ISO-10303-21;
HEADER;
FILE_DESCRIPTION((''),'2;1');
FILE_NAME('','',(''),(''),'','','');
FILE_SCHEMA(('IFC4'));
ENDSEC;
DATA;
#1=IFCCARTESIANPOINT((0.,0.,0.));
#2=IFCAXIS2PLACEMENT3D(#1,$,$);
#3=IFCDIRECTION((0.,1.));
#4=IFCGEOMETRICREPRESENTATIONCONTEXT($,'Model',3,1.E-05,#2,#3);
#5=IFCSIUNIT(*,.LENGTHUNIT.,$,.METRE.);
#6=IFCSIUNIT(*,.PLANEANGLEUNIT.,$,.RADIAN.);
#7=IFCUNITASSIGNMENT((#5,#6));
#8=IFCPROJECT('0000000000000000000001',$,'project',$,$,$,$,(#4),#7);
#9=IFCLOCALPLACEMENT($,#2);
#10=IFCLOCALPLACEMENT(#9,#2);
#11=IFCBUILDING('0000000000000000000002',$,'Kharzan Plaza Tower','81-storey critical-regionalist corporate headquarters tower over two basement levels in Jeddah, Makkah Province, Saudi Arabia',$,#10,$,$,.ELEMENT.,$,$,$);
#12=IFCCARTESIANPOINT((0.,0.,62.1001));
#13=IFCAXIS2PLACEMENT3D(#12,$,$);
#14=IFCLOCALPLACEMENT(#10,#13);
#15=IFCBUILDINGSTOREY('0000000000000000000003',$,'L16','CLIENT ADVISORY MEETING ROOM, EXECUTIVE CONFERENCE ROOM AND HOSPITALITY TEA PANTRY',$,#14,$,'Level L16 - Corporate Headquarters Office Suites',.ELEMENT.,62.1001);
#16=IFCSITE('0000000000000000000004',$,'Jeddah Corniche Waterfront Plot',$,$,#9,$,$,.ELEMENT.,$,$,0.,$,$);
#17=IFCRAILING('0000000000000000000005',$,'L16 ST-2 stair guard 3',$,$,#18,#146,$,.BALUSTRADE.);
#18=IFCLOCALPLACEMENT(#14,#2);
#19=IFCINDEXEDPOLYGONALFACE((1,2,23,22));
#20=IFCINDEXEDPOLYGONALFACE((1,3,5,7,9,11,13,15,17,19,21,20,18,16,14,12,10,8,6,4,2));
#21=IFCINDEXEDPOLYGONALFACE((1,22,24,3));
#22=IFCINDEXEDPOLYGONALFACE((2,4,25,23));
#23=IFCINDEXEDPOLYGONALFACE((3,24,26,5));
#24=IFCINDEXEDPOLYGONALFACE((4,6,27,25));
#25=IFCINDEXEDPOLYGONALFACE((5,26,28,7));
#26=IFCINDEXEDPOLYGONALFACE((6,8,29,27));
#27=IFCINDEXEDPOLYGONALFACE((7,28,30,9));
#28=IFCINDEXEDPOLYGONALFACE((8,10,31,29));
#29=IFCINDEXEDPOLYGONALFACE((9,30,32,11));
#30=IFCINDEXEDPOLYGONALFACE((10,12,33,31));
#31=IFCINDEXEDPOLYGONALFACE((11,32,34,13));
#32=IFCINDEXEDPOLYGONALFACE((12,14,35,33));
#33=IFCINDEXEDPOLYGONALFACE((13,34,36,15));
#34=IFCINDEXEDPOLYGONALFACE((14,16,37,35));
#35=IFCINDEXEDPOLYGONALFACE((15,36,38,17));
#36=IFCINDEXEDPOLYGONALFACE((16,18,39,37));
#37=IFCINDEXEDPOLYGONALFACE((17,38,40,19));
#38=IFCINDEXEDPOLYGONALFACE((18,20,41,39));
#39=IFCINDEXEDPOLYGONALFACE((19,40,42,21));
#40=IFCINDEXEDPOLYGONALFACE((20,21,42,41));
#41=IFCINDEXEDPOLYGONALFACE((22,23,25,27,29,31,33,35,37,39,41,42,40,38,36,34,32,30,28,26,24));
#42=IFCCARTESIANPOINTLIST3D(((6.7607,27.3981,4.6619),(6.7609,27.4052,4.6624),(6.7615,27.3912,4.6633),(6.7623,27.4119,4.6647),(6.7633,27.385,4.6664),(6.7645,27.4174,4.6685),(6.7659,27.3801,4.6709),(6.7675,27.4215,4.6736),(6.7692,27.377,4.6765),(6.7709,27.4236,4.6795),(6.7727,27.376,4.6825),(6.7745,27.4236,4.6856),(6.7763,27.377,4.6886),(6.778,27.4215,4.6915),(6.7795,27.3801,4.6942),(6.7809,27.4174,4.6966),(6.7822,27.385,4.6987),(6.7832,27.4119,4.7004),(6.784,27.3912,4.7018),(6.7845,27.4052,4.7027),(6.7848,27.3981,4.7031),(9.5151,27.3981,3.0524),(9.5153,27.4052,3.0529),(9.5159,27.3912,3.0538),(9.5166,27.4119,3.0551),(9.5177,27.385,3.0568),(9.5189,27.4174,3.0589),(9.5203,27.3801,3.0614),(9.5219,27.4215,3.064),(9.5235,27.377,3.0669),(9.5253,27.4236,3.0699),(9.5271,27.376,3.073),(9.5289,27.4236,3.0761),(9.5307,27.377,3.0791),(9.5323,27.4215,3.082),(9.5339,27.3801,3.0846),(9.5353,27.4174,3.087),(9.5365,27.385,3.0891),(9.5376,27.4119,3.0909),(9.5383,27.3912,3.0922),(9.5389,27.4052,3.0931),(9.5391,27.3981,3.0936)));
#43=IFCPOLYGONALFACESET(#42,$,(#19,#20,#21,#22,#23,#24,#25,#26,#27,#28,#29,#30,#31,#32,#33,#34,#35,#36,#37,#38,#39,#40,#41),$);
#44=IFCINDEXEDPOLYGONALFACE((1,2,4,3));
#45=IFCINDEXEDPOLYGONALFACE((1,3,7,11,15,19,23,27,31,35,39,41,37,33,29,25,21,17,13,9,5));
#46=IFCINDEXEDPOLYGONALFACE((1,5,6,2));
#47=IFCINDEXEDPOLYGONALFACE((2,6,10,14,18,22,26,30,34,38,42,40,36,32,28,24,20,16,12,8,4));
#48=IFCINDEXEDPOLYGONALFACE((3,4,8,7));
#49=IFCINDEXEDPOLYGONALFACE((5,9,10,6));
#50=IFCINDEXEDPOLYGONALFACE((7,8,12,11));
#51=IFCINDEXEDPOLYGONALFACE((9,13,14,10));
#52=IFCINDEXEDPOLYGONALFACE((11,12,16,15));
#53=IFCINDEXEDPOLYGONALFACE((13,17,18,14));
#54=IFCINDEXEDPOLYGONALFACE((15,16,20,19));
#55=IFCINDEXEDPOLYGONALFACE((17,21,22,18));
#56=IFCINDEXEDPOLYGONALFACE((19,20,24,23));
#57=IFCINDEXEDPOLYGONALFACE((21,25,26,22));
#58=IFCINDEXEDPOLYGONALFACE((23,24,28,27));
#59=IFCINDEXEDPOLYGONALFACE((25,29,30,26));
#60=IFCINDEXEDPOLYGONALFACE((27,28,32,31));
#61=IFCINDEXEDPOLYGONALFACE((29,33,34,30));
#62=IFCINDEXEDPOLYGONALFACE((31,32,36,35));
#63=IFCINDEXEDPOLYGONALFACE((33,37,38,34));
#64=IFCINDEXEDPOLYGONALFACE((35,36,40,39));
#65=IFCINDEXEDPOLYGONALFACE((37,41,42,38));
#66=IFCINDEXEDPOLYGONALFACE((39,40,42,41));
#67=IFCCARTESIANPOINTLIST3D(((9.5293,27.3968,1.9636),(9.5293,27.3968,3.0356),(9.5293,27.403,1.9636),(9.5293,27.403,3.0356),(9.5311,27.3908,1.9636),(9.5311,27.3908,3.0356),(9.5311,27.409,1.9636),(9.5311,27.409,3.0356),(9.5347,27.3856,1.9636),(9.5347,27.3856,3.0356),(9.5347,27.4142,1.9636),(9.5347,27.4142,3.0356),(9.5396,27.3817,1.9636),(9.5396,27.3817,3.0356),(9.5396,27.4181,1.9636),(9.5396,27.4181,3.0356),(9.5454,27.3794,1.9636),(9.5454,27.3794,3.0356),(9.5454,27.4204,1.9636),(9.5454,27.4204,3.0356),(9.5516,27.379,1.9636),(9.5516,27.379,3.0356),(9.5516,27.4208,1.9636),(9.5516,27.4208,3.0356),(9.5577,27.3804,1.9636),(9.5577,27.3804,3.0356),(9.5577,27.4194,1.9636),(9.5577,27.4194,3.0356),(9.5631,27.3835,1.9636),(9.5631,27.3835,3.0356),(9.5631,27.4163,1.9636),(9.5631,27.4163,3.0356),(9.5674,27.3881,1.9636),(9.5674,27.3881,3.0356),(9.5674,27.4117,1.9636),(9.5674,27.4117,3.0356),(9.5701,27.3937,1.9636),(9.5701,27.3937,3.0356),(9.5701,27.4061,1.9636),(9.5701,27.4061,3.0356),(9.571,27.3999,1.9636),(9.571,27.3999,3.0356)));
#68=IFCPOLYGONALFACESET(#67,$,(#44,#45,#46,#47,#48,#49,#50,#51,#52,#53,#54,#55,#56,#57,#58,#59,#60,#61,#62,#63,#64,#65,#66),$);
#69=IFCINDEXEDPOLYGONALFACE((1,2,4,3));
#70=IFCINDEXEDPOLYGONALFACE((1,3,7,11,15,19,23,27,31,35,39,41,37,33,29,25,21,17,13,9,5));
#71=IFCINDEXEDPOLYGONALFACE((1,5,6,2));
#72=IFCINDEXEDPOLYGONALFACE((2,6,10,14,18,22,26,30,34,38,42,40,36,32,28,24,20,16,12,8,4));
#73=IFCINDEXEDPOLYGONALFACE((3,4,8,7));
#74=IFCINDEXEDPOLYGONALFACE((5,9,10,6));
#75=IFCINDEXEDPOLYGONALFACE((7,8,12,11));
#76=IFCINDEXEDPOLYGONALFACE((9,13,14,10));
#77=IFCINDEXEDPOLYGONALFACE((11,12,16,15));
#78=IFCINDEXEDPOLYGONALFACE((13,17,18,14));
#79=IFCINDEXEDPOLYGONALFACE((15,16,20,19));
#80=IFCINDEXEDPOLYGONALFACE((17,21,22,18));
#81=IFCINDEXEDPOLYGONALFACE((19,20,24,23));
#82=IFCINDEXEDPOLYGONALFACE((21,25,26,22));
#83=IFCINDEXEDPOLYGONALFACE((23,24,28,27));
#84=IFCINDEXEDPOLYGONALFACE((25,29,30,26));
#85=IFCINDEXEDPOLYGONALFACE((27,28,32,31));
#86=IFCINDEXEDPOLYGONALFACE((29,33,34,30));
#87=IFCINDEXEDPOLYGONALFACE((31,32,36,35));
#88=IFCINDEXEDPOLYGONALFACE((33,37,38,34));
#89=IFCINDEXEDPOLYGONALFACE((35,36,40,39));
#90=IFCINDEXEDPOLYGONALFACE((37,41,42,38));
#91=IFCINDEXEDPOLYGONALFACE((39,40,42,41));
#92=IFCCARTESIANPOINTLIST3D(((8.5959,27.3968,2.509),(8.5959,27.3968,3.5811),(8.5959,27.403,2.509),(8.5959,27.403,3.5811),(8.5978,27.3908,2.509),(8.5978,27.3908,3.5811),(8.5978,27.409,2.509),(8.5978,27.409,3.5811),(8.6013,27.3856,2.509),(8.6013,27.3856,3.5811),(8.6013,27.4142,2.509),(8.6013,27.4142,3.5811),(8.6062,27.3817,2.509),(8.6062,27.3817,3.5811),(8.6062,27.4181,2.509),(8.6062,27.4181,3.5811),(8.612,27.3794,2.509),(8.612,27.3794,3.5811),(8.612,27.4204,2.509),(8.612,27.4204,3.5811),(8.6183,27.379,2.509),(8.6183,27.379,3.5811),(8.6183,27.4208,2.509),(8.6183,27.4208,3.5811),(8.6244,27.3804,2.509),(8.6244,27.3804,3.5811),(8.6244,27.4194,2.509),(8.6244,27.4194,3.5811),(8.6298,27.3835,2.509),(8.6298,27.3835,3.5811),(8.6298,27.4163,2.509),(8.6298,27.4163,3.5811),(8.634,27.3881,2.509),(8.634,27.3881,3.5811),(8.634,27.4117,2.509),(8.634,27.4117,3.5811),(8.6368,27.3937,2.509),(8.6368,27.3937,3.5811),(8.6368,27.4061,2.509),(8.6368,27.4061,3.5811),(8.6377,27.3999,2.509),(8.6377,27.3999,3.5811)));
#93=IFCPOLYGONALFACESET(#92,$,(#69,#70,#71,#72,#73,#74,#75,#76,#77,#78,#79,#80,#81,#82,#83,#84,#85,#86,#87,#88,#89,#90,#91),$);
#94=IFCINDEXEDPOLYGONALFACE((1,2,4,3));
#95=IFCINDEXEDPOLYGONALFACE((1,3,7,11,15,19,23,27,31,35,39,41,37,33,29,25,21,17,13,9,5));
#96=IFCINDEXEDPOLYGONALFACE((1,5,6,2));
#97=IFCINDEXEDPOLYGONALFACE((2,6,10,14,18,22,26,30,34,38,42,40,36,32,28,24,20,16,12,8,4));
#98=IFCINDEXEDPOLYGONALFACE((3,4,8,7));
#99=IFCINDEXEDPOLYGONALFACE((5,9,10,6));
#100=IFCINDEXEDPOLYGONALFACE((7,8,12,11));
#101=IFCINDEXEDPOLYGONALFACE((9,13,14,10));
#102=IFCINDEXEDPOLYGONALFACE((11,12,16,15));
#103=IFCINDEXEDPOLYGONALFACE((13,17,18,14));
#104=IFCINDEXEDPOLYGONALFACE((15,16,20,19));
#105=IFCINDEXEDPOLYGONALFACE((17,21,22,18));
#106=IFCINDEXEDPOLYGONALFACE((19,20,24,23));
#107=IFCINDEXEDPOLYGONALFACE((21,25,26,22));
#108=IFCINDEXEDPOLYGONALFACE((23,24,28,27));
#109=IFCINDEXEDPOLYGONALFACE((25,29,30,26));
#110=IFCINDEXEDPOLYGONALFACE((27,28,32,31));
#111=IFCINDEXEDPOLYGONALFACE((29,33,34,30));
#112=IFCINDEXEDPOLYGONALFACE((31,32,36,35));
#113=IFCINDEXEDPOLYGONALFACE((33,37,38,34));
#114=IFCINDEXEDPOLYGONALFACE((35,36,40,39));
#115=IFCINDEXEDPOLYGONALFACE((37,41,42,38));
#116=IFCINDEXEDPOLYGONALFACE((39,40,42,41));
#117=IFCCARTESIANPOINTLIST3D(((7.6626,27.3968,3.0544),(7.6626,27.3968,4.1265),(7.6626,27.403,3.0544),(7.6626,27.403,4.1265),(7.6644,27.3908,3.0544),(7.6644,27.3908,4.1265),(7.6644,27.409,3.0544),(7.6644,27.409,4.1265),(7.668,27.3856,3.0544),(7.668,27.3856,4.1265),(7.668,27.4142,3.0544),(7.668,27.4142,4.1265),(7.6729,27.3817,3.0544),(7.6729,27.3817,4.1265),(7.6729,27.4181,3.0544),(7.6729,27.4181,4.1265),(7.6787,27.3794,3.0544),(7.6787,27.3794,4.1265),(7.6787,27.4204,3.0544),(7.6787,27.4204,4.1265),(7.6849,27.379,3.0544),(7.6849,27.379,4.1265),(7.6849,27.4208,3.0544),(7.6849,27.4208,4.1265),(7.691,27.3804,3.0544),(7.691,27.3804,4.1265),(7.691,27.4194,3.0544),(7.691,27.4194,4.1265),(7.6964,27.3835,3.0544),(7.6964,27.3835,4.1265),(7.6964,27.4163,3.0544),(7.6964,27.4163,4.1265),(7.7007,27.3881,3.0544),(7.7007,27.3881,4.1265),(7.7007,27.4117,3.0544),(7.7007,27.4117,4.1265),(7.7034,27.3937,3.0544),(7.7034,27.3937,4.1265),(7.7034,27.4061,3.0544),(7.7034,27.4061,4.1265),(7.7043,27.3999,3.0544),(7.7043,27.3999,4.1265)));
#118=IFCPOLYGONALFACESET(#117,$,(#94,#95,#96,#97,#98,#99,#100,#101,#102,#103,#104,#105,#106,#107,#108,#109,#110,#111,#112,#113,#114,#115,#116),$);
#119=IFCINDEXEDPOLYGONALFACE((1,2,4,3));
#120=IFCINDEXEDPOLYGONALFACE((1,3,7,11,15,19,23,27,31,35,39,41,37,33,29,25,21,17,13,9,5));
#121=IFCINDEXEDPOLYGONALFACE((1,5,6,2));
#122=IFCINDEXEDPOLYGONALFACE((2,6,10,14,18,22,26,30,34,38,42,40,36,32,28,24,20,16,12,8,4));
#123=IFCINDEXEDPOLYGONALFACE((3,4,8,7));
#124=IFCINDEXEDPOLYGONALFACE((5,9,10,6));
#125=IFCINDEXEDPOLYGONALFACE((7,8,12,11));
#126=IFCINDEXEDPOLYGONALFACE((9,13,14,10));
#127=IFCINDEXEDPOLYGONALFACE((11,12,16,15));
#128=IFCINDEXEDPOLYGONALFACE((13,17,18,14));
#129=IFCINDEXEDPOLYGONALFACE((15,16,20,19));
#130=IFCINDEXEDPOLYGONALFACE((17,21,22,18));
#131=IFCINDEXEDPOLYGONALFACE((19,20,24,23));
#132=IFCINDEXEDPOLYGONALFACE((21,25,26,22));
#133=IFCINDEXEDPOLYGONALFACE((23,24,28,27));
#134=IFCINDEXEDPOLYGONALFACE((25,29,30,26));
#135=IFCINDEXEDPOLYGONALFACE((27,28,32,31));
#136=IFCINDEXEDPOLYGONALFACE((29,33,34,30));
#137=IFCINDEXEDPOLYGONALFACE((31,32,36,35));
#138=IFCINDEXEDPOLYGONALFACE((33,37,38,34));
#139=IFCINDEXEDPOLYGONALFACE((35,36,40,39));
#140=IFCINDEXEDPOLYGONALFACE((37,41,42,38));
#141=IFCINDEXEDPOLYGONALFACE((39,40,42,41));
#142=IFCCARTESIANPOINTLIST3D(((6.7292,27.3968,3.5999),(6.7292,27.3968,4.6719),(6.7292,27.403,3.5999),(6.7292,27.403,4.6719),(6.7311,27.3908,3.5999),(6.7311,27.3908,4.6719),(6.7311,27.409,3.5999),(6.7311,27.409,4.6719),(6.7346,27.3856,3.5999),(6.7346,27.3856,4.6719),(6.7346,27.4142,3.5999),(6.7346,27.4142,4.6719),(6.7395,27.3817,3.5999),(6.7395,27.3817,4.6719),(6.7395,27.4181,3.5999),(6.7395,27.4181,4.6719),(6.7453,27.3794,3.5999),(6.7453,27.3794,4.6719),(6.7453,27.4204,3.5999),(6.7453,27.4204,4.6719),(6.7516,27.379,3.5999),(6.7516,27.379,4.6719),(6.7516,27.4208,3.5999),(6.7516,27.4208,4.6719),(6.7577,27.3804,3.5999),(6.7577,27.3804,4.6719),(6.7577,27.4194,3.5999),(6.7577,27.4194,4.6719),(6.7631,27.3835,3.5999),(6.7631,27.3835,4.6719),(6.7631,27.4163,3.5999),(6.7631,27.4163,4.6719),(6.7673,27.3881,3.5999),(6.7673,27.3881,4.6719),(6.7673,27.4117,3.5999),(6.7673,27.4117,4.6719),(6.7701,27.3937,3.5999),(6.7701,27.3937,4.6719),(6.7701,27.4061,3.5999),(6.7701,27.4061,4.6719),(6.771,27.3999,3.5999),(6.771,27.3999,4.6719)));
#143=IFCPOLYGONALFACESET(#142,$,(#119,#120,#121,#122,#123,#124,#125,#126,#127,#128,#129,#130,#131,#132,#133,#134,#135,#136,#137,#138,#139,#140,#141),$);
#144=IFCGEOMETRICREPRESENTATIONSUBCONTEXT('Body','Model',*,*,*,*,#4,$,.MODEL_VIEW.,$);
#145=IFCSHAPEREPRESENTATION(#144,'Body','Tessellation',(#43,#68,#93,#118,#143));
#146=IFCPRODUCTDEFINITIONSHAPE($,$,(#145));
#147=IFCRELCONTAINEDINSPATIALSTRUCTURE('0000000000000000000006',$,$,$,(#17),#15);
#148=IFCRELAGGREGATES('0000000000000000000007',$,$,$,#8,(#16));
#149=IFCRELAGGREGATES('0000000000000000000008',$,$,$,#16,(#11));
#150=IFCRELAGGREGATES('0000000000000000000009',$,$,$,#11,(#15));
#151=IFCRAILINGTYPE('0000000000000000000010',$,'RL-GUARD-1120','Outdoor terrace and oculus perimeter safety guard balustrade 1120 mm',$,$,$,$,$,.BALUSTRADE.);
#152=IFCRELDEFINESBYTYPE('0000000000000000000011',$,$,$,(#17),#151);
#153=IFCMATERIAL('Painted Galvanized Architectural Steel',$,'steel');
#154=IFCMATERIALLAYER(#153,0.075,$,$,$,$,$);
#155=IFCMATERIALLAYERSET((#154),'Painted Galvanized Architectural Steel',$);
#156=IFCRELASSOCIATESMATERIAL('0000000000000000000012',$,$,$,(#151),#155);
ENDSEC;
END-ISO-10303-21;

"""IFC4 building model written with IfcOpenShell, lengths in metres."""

from ifc_helpers import new_model, si_unit, direction, frame, origin, origin_2d, place, context, subcontext, project, spatial, circle, extrude, source, transform, mapped, material, layer, layer_set, type_object, element, save


model = new_model("IFC4")

# Units and contexts
model_context = context("Model", 3, precision=1e-05, world=origin(), true_north=direction((0.0, 1.0)))
body_context = subcontext(model_context, "Body", "Model", "MODEL_VIEW")
ifc_project = project(units=[si_unit("LENGTHUNIT", "METRE"), si_unit("PLANEANGLEUNIT", "RADIAN")], contexts=[model_context])

# Site, building, storey
site_placement = place(None, origin())
site = spatial("IfcSite", under=ifc_project, at=site_placement, Name="Jeddah Corniche Waterfront Plot", CompositionType="ELEMENT", RefElevation=0.0)
building_placement = place(site_placement, origin())
building = spatial("IfcBuilding", under=site, at=building_placement, Name="Kharzan Plaza Tower", Description="81-storey critical-regionalist corporate headquarters tower over two basement levels in Jeddah, Makkah Province, Saudi Arabia", CompositionType="ELEMENT")
storey_placement = place(building_placement, frame((0.0, 0.0, 62.1001)))
storey = spatial("IfcBuildingStorey", under=building, at=storey_placement, Name="L16", Description="CLIENT ADVISORY MEETING ROOM, EXECUTIVE CONFERENCE ROOM AND HOSPITALITY TEA PANTRY", LongName="Level L16 - Corporate Headquarters Office Suites", CompositionType="ELEMENT", Elevation=62.1001)

# Railing
ifc_material_1 = material(Name="Painted Galvanized Architectural Steel", Category="steel")
ifc_layer_1 = layer(ifc_material_1, 0.075)
ifc_layer_set_1 = layer_set([ifc_layer_1], Name="Painted Galvanized Architectural Steel")
railing_type_1 = type_object("IfcRailingType", Name="RL-GUARD-1120", Description="Outdoor terrace and oculus perimeter safety guard balustrade 1120 mm", PredefinedType="BALUSTRADE", material=ifc_layer_set_1)
shared_shape_1 = source(origin(), body_context, "Body", "SweptSolid", [
    extrude(circle(Radius=0.0239, at=origin_2d()), frame((-0.0229, 0.0, 1.1094), z_axis=(-0.863394, 0.0, 0.504531), x_axis=(0.0, -1.0, 0.0)), (0.0, 0.0, 1.0), 3.1902),
    extrude(circle(Radius=0.021, at=origin_2d()), origin(), (0.0, 0.0, 1.0), 1.072),
    extrude(circle(Radius=0.021, at=origin_2d()), frame((-0.9333, 0.0, 0.5454)), (0.0, 0.0, 1.0), 1.072),
    extrude(circle(Radius=0.021, at=origin_2d()), frame((-1.8667, 0.0, 1.0908)), (0.0, 0.0, 1.0), 1.072),
    extrude(circle(Radius=0.021, at=origin_2d()), frame((-2.8, 0.0, 1.6362)), (0.0, 0.0, 1.0), 1.072),
])
railing_1_placement = place(storey_placement, frame((9.55, 27.3999, 1.9636)))
element("IfcRailing", 1, at=railing_1_placement, inside=storey, type_object=railing_type_1, Name="L16 ST-2 stair guard 3", PredefinedType="BALUSTRADE", context=body_context, shape_type="MappedRepresentation", body=[
    mapped(shared_shape_1, transform((0.0, 0.0, 0.0), x_axis=(1.0, 0.0, 0.0), y_axis=(0.0, 1.0, 0.0), z_axis=(0.0, 0.0, 1.0))),
])

save(model, "model.ifc")
